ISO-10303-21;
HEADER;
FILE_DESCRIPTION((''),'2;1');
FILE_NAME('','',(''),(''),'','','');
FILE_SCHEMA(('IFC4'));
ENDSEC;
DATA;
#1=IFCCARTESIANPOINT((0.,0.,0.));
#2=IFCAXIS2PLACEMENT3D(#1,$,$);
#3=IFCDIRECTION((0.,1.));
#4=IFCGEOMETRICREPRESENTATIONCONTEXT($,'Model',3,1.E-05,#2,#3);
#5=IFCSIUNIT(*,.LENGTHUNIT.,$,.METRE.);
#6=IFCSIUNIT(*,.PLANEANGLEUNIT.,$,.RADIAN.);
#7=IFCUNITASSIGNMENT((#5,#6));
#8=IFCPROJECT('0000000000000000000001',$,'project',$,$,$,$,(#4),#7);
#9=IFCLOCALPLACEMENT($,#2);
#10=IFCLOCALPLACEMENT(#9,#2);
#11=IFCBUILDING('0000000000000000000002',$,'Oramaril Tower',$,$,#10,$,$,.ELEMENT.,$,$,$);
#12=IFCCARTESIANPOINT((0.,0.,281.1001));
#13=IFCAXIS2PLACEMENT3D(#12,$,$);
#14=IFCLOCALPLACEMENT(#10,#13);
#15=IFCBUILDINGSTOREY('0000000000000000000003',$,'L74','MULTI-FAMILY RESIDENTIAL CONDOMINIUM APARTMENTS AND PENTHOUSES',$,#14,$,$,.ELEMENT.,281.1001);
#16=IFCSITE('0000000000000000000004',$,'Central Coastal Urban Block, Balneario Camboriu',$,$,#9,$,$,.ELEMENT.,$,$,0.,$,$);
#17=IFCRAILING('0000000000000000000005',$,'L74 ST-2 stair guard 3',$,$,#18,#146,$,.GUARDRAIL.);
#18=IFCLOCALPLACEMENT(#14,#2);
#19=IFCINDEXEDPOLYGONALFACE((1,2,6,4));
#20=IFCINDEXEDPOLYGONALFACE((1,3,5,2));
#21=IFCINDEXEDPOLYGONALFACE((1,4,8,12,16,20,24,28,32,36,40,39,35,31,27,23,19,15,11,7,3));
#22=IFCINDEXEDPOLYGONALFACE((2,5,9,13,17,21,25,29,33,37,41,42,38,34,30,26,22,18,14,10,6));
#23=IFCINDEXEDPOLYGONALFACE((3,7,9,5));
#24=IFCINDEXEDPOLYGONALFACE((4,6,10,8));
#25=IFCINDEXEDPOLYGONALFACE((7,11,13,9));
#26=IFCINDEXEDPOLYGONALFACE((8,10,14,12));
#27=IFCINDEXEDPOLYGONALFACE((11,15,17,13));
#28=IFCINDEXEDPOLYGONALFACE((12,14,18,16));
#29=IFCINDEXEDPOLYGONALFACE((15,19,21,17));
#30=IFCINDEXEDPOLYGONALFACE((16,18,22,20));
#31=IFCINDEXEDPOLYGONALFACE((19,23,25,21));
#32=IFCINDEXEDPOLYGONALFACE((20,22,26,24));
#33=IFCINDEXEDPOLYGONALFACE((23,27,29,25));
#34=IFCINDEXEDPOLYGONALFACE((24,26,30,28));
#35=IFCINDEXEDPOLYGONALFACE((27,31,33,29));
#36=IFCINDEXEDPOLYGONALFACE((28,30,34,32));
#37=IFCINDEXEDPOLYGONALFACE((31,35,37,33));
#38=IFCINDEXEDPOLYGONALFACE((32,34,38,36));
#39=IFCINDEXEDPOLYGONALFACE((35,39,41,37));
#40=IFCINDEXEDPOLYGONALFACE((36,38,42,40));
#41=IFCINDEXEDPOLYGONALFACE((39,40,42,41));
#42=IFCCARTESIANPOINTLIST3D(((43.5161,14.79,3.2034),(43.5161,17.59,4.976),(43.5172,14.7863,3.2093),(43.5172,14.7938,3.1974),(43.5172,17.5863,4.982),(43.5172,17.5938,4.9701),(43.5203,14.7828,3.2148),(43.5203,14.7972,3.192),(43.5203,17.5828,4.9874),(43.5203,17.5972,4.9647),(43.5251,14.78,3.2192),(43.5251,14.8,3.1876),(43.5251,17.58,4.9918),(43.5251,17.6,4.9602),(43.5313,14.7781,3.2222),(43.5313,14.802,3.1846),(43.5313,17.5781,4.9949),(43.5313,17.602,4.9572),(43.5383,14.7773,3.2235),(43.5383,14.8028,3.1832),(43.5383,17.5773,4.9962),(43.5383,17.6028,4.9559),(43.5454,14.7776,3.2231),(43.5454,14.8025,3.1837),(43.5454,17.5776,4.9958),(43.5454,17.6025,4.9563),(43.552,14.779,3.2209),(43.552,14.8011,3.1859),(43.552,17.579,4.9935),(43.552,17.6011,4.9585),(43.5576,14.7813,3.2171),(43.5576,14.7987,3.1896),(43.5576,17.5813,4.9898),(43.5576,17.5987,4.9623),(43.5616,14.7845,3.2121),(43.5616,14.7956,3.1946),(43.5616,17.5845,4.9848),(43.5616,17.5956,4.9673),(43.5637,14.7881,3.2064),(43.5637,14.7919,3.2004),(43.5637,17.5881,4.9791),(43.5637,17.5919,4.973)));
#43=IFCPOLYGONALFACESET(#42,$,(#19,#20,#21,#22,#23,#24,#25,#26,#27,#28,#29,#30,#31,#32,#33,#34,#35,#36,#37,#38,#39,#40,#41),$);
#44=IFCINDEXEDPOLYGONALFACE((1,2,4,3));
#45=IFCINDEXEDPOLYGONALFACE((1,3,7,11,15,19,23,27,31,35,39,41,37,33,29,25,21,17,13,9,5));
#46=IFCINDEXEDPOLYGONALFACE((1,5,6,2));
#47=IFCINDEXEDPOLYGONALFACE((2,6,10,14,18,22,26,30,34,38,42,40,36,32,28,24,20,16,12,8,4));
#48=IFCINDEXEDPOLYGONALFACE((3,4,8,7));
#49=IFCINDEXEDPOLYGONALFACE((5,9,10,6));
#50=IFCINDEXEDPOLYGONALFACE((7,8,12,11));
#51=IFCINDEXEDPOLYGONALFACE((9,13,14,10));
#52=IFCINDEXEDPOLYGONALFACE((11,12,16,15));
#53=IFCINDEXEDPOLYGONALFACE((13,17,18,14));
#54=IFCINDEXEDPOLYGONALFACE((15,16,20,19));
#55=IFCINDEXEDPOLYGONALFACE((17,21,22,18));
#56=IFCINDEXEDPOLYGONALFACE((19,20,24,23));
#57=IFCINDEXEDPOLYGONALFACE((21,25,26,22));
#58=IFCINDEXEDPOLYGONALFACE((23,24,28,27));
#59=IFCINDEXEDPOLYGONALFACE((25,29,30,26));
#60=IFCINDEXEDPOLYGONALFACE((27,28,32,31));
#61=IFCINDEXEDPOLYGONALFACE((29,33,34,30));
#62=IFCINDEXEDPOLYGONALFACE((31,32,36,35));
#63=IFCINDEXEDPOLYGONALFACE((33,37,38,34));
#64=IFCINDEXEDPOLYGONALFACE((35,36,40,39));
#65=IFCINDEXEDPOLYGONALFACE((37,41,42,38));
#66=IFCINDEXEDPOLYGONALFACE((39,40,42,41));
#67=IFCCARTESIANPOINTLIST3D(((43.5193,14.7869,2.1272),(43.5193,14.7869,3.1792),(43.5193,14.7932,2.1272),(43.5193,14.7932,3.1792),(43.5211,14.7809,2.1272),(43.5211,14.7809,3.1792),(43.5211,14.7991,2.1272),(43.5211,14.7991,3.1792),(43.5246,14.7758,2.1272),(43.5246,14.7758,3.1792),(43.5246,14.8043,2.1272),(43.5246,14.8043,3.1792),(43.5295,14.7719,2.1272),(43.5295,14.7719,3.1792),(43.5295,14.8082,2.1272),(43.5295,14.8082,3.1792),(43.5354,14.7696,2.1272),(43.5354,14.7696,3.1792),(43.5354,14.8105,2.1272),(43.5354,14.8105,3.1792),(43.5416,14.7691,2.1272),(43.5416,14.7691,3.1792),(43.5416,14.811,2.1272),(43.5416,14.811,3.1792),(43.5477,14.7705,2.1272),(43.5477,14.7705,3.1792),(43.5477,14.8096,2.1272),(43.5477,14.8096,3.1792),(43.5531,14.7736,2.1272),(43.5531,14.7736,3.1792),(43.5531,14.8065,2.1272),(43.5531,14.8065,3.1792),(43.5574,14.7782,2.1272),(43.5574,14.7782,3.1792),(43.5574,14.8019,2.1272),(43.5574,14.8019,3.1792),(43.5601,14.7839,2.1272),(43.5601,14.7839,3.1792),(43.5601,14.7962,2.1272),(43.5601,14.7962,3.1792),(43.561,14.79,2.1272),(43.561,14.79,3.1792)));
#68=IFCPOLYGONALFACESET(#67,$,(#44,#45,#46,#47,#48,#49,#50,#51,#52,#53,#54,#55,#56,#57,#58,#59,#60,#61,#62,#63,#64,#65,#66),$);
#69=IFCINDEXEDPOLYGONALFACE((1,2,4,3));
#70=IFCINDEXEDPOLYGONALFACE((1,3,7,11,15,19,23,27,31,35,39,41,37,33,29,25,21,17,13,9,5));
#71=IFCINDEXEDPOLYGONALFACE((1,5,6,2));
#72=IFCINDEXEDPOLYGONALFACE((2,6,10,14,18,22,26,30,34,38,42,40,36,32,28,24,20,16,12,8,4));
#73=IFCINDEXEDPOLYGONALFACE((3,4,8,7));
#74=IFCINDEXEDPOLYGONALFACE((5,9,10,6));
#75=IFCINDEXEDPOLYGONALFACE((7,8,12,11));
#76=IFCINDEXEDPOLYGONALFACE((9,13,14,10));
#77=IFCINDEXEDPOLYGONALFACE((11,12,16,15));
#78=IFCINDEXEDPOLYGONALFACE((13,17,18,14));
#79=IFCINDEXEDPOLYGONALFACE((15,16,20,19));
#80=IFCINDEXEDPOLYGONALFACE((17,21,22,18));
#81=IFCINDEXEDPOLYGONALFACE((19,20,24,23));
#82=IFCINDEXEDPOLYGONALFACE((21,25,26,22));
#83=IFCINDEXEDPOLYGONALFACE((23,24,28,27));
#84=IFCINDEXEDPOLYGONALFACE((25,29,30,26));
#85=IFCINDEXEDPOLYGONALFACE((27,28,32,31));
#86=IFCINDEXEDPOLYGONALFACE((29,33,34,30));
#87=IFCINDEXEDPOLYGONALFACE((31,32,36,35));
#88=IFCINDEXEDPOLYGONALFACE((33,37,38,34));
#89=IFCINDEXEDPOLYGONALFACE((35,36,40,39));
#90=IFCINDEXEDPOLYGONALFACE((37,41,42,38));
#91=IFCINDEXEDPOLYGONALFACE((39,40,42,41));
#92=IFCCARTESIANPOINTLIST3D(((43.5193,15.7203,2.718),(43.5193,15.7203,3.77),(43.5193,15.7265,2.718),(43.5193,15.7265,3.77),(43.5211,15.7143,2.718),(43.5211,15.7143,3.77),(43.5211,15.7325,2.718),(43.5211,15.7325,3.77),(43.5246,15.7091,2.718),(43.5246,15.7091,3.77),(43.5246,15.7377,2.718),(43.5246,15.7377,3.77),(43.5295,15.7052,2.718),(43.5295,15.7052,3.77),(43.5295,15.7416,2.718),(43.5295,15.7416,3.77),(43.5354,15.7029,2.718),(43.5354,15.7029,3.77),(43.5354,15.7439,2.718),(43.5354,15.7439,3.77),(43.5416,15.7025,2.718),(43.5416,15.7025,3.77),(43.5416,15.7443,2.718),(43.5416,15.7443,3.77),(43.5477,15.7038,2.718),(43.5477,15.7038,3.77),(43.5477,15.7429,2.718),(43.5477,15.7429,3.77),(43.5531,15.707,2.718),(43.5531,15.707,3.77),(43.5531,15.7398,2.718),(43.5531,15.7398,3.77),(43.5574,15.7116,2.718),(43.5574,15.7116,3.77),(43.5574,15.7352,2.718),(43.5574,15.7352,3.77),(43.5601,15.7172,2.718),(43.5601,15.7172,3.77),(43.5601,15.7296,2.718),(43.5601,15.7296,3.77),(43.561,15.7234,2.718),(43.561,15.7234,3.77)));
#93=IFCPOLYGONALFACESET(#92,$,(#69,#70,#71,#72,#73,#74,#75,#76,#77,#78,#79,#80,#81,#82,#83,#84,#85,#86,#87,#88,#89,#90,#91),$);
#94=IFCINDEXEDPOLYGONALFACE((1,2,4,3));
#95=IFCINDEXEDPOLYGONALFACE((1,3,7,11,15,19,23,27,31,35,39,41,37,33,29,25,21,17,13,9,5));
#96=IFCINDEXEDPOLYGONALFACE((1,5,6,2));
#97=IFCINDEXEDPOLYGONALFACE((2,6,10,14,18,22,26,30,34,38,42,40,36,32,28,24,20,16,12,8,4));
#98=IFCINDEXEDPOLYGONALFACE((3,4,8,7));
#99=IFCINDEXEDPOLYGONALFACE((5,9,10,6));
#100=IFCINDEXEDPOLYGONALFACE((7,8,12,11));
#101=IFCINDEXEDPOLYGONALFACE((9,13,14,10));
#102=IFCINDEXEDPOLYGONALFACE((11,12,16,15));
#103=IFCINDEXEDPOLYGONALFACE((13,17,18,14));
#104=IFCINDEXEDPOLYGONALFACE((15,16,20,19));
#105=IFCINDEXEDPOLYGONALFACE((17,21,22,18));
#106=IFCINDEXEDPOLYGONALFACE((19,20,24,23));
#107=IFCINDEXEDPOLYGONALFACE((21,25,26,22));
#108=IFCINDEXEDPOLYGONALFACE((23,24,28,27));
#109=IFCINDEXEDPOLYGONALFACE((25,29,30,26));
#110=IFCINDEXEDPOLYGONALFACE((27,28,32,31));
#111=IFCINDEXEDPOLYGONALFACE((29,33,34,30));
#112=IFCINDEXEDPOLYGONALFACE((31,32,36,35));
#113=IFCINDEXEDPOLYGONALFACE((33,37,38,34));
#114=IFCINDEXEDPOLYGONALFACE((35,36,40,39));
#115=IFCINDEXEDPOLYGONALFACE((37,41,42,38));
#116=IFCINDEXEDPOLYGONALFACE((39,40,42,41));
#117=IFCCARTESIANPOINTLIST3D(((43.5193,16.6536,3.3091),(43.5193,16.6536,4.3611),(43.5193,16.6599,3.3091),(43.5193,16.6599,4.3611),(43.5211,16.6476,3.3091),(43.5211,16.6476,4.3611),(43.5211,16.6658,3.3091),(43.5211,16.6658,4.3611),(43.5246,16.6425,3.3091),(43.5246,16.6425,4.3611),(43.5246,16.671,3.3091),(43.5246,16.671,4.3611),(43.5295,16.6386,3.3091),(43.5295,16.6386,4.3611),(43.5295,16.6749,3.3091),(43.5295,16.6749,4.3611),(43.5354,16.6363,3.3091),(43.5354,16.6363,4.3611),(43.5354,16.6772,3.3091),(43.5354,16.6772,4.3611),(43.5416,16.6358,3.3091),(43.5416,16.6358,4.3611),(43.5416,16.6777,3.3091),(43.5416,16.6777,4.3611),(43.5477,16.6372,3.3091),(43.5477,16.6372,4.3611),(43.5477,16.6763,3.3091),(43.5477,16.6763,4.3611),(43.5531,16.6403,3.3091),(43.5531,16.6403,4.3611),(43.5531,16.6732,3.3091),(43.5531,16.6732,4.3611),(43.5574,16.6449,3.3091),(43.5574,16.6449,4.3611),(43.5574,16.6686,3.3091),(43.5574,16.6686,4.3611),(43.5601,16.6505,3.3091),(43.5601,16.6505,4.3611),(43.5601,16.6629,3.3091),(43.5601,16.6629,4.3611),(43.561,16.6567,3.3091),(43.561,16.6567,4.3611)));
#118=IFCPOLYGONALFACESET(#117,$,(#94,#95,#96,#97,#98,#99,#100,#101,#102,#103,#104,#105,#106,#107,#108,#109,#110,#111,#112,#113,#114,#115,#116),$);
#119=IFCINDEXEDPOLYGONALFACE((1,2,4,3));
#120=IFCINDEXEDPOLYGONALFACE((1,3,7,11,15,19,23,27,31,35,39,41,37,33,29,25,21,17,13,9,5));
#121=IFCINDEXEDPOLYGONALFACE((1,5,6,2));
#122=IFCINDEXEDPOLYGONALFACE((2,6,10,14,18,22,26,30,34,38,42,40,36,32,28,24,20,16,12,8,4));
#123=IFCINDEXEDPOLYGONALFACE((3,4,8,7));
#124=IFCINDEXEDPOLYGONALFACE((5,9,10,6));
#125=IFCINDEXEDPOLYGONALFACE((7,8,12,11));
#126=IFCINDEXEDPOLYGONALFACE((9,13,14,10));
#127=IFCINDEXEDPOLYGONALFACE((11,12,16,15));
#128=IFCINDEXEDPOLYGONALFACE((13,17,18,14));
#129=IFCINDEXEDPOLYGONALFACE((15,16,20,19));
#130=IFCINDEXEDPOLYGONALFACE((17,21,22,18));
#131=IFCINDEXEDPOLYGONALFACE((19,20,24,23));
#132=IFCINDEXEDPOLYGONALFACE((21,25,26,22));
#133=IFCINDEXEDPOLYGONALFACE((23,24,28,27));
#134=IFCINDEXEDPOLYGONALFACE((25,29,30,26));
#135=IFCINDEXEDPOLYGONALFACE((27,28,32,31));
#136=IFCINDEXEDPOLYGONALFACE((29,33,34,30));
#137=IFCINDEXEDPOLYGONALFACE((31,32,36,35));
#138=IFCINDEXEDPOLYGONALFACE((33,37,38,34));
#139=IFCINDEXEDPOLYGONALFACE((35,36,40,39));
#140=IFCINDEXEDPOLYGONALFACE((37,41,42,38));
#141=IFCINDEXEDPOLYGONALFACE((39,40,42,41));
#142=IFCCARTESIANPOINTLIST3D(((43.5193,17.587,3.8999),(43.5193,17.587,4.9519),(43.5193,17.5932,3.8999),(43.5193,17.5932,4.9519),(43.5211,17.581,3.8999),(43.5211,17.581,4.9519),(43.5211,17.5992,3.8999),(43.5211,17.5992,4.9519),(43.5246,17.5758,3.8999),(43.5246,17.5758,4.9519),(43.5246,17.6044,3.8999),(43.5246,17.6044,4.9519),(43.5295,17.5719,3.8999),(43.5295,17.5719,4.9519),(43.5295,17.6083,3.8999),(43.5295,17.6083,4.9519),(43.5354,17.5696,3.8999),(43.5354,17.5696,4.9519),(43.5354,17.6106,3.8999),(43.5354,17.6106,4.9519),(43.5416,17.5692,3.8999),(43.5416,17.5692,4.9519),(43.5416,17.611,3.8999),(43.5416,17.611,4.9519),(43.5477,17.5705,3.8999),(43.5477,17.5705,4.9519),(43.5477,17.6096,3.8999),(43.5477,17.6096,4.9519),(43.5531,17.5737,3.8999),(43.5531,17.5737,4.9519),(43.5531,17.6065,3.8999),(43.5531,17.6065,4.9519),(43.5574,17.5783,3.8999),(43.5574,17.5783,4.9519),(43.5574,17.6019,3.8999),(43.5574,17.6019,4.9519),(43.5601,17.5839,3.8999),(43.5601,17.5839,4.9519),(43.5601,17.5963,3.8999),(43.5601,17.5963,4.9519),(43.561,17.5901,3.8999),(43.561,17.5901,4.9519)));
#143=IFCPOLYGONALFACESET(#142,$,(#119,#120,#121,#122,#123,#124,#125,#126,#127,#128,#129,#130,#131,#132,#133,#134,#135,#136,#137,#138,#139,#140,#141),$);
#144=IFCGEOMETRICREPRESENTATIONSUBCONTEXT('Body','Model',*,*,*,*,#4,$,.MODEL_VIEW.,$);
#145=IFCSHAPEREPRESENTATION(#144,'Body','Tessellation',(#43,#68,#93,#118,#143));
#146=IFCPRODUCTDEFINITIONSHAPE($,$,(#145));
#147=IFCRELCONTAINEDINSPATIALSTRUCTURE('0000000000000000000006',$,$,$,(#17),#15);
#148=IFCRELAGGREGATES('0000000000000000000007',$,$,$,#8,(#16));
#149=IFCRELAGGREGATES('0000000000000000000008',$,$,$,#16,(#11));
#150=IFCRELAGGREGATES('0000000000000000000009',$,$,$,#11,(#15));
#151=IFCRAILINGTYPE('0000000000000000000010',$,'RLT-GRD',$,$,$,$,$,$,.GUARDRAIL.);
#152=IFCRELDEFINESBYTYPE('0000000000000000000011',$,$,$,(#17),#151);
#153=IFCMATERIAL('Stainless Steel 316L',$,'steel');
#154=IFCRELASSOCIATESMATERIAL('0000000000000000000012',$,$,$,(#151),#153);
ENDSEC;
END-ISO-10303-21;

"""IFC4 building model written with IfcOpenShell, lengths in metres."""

from ifc_helpers import new_model, si_unit, direction, frame, origin, origin_2d, place, context, subcontext, project, spatial, circle, extrude, material, type_object, element, save


model = new_model("IFC4")

# Units and contexts
model_context = context("Model", 3, precision=1e-05, world=origin(), true_north=direction((0.0, 1.0)))
body_context = subcontext(model_context, "Body", "Model", "MODEL_VIEW")
ifc_project = project(units=[si_unit("LENGTHUNIT", "METRE"), si_unit("PLANEANGLEUNIT", "RADIAN")], contexts=[model_context])

# Site, building, storey
site_placement = place(None, origin())
site = spatial("IfcSite", under=ifc_project, at=site_placement, Name="Central Coastal Urban Block, Balneario Camboriu", CompositionType="ELEMENT", RefElevation=0.0)
building_placement = place(site_placement, origin())
building = spatial("IfcBuilding", under=site, at=building_placement, Name="Oramaril Tower", CompositionType="ELEMENT")
storey_placement = place(building_placement, frame((0.0, 0.0, 281.1001)))
storey = spatial("IfcBuildingStorey", under=building, at=storey_placement, Name="L74", Description="MULTI-FAMILY RESIDENTIAL CONDOMINIUM APARTMENTS AND PENTHOUSES", CompositionType="ELEMENT", Elevation=281.1001)

# Railing
ifc_material_1 = material(Name="Stainless Steel 316L", Category="steel")
railing_type_1 = type_object("IfcRailingType", Name="RLT-GRD", PredefinedType="GUARDRAIL", material=ifc_material_1)
railing_1_placement = place(storey_placement, frame((43.54, 14.79, 2.1272)))
element("IfcRailing", 1, at=railing_1_placement, inside=storey, type_object=railing_type_1, Name="L74 ST-2 stair guard 3", PredefinedType="GUARDRAIL", context=body_context, shape_type="SweptSolid", body=[
    extrude(circle(Radius=0.0239, at=origin_2d()), frame((0.0, 0.0, 1.0762), z_axis=(0.0, 0.844909, 0.53491), x_axis=(-1.0, 0.0, 0.0)), (0.0, 0.0, 1.0), 3.314),
    extrude(circle(Radius=0.021, at=origin_2d()), origin(), (0.0, 0.0, 1.0), 1.052),
    extrude(circle(Radius=0.021, at=origin_2d()), frame((0.0, 0.9333, 0.5908)), (0.0, 0.0, 1.0), 1.052),
    extrude(circle(Radius=0.021, at=origin_2d()), frame((0.0, 1.8667, 1.1819)), (0.0, 0.0, 1.0), 1.052),
    extrude(circle(Radius=0.021, at=origin_2d()), frame((0.0, 2.8, 1.7727)), (0.0, 0.0, 1.0), 1.052),
])

save(model, "model.ifc")
